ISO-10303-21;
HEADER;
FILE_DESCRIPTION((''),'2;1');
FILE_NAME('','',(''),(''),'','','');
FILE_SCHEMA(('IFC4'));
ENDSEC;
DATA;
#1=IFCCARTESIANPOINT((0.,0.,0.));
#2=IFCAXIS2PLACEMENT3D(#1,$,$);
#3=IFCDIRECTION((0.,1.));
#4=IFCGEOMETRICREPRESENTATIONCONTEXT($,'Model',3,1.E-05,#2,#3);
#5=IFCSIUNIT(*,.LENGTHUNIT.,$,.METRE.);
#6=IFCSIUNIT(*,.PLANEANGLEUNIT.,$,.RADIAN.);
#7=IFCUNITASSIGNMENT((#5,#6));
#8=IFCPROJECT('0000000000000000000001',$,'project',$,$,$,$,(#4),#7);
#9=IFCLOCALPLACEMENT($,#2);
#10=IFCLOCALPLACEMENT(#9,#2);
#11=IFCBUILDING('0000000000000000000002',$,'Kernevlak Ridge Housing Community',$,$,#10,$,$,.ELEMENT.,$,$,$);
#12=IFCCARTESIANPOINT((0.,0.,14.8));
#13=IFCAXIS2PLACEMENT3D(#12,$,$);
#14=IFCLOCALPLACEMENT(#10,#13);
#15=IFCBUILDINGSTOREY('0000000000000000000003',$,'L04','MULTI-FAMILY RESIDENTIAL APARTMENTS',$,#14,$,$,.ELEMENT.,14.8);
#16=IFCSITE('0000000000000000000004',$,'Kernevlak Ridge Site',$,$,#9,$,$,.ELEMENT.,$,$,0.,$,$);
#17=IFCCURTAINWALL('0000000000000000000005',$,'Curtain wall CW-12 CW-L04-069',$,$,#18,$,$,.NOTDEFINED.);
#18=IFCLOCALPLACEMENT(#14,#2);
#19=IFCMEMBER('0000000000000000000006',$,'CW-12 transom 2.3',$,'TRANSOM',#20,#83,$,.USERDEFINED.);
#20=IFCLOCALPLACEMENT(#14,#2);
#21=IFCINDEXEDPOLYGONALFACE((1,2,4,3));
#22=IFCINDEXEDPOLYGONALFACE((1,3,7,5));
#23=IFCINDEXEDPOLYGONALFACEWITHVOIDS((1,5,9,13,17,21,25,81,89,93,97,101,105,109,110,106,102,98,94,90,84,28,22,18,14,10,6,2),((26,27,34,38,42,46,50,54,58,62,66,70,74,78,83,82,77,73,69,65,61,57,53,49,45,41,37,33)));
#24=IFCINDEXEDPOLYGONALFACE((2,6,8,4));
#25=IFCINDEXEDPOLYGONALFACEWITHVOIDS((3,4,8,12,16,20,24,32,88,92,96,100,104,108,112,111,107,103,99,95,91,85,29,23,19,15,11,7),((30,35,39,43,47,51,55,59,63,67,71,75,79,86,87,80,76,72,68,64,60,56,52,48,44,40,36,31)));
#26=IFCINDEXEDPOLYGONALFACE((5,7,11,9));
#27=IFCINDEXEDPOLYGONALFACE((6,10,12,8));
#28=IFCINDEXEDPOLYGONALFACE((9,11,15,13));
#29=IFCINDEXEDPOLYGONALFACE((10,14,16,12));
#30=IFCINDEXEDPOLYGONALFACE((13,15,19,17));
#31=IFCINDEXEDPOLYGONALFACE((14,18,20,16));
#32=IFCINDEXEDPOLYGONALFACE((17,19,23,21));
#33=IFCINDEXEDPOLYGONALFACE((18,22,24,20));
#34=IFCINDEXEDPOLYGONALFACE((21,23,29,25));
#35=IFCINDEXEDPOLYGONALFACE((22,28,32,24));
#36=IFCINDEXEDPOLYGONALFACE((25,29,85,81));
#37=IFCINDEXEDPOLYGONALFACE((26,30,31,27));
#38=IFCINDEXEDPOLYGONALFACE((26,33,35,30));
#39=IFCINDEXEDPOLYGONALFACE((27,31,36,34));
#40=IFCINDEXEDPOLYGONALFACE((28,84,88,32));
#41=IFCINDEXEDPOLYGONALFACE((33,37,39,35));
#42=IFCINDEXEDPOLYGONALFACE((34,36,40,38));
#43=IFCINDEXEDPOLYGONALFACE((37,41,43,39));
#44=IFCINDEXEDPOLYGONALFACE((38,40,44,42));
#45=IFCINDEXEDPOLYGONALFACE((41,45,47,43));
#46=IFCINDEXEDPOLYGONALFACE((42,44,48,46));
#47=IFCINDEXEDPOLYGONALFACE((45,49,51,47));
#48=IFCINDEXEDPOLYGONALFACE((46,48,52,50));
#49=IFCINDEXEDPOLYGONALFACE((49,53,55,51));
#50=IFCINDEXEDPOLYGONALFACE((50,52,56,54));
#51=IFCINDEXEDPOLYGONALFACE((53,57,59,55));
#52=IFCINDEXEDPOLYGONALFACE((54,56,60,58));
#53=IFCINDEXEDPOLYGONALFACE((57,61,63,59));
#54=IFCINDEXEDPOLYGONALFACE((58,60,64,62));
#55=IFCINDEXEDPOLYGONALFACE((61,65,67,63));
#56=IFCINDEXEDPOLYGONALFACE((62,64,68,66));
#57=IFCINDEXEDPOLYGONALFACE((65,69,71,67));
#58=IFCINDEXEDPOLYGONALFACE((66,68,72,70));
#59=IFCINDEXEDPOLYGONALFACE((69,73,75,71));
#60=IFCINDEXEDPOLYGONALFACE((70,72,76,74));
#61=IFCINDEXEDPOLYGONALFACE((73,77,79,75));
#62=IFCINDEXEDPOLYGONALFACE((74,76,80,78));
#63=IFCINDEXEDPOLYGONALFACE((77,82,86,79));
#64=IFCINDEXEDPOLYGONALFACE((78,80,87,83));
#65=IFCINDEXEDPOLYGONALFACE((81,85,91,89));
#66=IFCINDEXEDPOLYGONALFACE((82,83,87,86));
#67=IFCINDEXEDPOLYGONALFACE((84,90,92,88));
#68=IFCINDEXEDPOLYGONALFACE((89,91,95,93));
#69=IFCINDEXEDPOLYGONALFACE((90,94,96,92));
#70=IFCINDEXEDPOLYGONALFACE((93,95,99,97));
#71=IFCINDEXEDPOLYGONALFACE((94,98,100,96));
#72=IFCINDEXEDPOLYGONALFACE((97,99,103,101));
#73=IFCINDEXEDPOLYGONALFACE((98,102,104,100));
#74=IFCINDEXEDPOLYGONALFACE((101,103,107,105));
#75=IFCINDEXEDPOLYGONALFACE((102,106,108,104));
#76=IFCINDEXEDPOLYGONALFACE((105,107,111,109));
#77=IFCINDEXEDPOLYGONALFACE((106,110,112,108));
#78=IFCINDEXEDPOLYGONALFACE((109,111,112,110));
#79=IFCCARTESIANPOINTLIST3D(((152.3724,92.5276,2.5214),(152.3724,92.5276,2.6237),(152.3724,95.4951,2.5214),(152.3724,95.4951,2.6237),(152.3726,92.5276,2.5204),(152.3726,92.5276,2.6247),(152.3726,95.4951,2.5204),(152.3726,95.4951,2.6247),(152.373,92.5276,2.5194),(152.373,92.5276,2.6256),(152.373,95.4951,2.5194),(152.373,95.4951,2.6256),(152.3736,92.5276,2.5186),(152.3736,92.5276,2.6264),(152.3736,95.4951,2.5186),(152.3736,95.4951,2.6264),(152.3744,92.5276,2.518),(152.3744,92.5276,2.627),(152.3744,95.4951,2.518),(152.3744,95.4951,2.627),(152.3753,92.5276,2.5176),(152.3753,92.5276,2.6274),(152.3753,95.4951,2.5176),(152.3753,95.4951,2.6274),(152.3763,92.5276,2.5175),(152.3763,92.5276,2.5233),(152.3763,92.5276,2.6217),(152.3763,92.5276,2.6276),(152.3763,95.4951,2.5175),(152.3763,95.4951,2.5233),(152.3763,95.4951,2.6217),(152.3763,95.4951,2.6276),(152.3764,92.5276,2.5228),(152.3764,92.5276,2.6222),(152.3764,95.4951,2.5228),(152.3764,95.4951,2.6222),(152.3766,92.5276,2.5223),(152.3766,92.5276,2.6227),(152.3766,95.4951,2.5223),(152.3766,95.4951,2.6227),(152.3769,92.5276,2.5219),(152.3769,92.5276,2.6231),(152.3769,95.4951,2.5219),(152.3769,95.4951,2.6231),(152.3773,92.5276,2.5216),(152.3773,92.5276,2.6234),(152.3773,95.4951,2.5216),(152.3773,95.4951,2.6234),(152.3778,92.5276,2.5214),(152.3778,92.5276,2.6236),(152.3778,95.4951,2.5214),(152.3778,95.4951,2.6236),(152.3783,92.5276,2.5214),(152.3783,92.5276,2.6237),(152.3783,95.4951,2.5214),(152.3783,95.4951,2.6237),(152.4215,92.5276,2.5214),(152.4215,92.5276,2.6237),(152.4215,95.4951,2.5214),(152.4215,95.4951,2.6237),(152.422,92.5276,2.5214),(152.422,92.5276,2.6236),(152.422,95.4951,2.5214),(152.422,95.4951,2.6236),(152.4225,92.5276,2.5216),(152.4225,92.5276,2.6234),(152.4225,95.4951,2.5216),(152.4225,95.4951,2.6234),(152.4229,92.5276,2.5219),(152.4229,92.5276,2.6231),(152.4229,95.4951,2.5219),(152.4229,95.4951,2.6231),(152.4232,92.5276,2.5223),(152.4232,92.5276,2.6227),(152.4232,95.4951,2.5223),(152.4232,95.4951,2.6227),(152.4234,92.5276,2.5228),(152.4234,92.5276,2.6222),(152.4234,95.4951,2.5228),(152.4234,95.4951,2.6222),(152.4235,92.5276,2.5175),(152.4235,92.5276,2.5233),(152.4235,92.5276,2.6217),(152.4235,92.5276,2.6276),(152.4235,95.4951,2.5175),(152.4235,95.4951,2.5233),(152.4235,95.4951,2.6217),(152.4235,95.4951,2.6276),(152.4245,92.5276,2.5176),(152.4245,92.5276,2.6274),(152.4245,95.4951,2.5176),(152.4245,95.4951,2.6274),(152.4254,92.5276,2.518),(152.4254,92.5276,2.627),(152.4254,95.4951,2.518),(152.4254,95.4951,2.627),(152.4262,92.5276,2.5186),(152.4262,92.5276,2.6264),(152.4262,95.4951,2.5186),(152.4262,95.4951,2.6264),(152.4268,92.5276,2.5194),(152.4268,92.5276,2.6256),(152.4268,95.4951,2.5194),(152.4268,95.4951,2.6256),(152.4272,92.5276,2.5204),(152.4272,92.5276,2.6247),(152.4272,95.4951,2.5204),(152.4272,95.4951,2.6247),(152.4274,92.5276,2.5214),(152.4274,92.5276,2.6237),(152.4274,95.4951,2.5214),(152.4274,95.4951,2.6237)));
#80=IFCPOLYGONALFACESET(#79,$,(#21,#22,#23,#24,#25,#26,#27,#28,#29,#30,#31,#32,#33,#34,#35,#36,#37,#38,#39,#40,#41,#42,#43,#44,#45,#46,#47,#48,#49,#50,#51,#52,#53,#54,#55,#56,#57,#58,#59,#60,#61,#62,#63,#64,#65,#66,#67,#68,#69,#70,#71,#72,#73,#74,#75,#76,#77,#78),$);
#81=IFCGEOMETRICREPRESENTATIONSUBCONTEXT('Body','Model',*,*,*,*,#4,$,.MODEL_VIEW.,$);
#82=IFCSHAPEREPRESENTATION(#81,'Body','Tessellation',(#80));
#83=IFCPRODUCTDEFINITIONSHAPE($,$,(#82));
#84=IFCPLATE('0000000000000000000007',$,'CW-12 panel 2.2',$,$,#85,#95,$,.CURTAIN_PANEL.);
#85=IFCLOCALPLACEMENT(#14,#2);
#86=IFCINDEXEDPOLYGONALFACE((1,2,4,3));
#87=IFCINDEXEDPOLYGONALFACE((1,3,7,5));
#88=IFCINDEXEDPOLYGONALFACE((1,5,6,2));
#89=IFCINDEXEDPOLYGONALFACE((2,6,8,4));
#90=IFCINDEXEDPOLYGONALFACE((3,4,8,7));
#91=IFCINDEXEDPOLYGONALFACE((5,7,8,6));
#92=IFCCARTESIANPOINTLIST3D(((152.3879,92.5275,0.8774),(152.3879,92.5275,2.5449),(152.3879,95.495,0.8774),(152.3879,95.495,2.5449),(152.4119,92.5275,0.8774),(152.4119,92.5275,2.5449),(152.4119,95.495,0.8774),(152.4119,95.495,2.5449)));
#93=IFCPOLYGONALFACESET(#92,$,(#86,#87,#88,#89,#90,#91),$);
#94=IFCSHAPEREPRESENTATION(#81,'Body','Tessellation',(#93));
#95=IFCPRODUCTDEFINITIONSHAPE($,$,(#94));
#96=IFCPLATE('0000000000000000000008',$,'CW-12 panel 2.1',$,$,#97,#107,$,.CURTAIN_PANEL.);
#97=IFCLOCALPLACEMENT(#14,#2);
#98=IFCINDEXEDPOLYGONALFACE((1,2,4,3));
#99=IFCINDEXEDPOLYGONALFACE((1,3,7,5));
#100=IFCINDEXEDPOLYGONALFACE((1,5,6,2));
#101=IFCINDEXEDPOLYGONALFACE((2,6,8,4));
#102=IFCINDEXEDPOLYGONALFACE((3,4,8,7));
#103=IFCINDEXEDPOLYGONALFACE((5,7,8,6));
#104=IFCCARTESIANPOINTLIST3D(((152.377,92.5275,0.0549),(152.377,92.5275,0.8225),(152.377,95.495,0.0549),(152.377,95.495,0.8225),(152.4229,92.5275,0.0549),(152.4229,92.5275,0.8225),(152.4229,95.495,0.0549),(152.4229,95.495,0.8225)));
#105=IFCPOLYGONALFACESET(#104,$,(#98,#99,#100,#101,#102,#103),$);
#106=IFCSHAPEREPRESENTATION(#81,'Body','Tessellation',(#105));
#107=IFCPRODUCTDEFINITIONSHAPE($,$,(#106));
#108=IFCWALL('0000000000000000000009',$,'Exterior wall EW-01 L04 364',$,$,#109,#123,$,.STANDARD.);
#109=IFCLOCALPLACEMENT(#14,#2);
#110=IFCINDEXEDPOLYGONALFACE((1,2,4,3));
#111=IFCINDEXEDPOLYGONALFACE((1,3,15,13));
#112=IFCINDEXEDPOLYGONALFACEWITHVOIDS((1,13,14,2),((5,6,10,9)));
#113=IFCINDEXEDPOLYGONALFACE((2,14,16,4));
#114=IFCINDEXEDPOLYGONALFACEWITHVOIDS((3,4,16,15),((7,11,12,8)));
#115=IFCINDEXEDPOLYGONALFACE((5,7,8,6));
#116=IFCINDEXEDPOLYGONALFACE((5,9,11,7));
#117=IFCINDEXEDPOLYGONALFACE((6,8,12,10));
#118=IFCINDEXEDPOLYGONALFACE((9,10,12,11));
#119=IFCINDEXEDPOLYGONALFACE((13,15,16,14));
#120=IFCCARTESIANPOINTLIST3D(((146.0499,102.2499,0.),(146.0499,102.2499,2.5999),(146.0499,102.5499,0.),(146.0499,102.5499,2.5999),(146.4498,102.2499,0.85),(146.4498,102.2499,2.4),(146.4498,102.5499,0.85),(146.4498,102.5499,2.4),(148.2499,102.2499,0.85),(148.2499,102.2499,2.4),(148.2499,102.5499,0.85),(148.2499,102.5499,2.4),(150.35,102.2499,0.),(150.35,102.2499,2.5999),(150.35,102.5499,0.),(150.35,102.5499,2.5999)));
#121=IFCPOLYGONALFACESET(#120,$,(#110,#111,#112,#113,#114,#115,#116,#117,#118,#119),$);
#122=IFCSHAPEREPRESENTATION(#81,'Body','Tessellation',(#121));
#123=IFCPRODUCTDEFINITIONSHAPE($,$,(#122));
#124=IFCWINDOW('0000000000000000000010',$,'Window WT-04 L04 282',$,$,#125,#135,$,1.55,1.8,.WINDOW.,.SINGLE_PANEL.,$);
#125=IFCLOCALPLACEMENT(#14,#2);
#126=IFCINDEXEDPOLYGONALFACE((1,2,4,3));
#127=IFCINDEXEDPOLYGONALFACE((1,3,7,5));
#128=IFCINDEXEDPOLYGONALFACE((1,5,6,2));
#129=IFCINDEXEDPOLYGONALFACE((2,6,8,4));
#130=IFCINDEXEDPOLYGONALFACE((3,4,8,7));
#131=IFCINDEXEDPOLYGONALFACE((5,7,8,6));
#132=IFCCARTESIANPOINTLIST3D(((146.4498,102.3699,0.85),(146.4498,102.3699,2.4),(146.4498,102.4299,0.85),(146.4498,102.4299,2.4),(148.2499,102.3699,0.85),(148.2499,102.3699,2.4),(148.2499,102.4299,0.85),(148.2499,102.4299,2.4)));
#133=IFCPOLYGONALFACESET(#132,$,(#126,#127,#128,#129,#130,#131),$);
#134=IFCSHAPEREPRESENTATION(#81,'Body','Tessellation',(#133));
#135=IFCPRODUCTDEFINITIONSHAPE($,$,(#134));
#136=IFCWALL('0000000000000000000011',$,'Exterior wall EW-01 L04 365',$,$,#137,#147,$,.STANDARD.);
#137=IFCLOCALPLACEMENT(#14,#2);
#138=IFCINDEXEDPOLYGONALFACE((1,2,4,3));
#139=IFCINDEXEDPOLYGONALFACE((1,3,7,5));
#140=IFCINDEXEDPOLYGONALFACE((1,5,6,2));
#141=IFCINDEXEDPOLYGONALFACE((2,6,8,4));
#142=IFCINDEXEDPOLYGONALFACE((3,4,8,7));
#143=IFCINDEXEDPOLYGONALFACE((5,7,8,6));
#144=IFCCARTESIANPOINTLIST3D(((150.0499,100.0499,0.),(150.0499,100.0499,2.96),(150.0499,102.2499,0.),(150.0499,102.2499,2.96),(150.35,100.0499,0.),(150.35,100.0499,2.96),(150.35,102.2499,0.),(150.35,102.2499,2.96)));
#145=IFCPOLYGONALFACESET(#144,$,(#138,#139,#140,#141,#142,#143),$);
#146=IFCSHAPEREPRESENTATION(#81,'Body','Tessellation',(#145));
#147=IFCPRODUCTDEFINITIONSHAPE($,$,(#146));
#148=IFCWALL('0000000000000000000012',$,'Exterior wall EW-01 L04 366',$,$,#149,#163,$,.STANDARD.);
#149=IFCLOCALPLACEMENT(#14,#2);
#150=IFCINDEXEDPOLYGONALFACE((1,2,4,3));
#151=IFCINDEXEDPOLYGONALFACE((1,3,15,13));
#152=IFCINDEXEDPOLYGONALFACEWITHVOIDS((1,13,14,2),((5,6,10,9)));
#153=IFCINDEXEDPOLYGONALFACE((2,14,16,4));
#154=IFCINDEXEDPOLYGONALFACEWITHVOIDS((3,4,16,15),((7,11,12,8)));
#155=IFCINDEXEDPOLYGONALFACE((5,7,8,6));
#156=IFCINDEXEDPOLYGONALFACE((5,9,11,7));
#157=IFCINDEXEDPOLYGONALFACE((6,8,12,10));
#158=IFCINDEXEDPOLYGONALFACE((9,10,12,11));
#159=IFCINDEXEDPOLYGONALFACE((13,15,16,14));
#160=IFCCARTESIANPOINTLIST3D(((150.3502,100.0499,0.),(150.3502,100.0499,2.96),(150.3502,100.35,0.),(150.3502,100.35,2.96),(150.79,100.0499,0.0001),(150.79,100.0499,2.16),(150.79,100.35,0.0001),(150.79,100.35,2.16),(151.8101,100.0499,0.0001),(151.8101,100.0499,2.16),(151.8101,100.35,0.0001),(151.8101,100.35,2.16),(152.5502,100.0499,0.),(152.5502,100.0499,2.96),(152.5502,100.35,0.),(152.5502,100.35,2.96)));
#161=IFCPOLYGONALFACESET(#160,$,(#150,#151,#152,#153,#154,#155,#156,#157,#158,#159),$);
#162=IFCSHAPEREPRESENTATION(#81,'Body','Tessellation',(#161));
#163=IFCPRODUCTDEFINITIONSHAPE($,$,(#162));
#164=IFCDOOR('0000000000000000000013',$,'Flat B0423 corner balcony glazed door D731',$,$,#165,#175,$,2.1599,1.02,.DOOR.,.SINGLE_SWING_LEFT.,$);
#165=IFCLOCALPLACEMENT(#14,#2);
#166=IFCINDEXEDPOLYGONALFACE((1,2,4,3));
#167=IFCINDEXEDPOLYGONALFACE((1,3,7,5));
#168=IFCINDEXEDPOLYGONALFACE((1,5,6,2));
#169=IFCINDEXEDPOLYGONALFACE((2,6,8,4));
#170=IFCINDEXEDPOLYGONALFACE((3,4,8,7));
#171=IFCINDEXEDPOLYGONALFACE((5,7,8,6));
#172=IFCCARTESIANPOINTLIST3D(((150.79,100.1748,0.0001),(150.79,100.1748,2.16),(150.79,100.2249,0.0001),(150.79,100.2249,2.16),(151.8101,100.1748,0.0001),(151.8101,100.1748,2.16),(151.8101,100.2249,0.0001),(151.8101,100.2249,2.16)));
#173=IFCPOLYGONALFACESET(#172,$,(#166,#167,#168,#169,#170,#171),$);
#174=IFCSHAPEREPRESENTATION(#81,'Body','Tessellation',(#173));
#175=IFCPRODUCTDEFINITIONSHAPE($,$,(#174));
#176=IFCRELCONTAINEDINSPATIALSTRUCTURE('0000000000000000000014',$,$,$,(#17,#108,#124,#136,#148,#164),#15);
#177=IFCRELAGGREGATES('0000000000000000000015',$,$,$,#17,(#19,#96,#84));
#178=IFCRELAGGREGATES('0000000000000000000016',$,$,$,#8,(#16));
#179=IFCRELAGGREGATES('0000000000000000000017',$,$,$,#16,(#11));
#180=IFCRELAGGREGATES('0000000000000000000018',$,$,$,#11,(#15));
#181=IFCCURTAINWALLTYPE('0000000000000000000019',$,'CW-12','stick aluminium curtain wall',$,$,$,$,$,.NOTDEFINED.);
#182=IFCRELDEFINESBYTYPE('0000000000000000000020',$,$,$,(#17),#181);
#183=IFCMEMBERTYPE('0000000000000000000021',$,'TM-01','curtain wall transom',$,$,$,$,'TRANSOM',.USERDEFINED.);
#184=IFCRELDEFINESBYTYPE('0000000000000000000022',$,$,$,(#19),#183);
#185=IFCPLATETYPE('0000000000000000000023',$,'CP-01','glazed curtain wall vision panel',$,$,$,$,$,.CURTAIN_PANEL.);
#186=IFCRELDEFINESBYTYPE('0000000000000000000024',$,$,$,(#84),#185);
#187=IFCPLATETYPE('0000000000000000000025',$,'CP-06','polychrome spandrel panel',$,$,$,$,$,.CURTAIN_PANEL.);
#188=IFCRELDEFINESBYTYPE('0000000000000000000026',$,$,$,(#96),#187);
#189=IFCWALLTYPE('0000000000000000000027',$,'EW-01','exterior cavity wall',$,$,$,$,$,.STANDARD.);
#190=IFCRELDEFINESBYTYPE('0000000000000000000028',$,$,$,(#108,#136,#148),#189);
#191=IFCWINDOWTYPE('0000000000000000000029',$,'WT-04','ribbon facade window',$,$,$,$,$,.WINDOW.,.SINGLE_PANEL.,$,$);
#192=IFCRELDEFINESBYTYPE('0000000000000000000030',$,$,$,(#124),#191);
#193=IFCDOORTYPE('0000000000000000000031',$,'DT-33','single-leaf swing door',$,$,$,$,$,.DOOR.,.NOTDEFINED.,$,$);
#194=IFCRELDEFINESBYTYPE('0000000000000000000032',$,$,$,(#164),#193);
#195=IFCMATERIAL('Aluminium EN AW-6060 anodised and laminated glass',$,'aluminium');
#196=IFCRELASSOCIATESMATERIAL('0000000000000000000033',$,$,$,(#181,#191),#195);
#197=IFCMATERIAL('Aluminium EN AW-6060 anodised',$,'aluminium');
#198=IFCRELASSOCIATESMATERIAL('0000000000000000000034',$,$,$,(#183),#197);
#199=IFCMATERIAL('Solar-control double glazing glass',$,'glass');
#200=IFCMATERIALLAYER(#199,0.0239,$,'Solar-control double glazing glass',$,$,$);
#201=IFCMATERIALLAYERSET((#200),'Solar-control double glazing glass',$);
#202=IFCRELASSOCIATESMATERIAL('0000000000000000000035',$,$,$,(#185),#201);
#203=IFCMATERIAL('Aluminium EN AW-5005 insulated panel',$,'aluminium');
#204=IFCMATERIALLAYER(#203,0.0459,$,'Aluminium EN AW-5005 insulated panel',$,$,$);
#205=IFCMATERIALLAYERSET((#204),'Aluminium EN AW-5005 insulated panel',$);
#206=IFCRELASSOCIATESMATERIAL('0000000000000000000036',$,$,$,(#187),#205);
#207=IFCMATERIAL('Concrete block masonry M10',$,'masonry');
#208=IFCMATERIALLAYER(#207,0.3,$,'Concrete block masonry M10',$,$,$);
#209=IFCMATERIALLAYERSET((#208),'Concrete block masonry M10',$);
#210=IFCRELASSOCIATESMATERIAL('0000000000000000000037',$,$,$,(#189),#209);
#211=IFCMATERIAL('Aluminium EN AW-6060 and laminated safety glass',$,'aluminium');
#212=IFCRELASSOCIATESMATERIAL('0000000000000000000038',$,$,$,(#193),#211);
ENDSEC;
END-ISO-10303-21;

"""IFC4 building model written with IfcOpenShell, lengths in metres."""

from ifc_helpers import new_model, si_unit, direction, frame, frame_2d, origin, origin_2d, place, context, subcontext, project, spatial, rectangle, hollow_rectangle, extrude, material, layer, layer_set, material_profile, profile_set, type_object, element, fill, aggregate, save


model = new_model("IFC4")

# Units and contexts
model_context = context("Model", 3, precision=1e-05, world=origin(), true_north=direction((0.0, 1.0)))
body_context = subcontext(model_context, "Body", "Model", "MODEL_VIEW")
ifc_project = project(units=[si_unit("LENGTHUNIT", "METRE"), si_unit("PLANEANGLEUNIT", "RADIAN")], contexts=[model_context])

# Site, building, storey
site_placement = place(None, origin())
site = spatial("IfcSite", under=ifc_project, at=site_placement, Name="Kernevlak Ridge Site", CompositionType="ELEMENT", RefElevation=0.0)
building_placement = place(site_placement, origin())
building = spatial("IfcBuilding", under=site, at=building_placement, Name="Kernevlak Ridge Housing Community", CompositionType="ELEMENT")
storey_placement = place(building_placement, frame((0.0, 0.0, 14.8)))
storey = spatial("IfcBuildingStorey", under=building, at=storey_placement, Name="L04", Description="MULTI-FAMILY RESIDENTIAL APARTMENTS", CompositionType="ELEMENT", Elevation=14.8)

# Curtain wall
ifc_material_1 = material(Name="Aluminium EN AW-6060 anodised and laminated glass", Category="aluminium")
curtain_wall_type = type_object("IfcCurtainWallType", Name="CW-12", Description="stick aluminium curtain wall", PredefinedType="NOTDEFINED", material=ifc_material_1)
curtain_wall_placement = place(storey_placement, origin())
curtain_wall = element("IfcCurtainWall", 1, at=curtain_wall_placement, inside=storey, type_object=curtain_wall_type, Name="Curtain wall CW-12 CW-L04-069", PredefinedType="NOTDEFINED")
ifc_material_2 = material(Name="Aluminium EN AW-6060 anodised", Category="aluminium")

# Member
ifc_material_profile_1 = material_profile(ifc_material_2, hollow_rectangle(XDim=0.0549, YDim=0.1101, WallThickness=0.0039, InnerFilletRadius=0.002, OuterFilletRadius=0.0039, at=origin_2d()), Name="ALU 55x110x4")
ifc_profile_set_1 = profile_set([ifc_material_profile_1], Name="Aluminium EN AW-6060 anodised")
member_type_1 = type_object("IfcMemberType", Name="TM-01", Description="curtain wall transom", ElementType="TRANSOM", PredefinedType="USERDEFINED", material=ifc_profile_set_1)
member_1_placement = place(storey_placement, frame((152.3999, 92.5276, 2.5725), z_axis=(0.0, 1.0, 0.0), x_axis=(-1.0, 0.0, 0.0)))
member_1 = element("IfcMember", 2, at=member_1_placement, type_object=member_type_1, Name="CW-12 transom 2.3", ObjectType="TRANSOM", PredefinedType="USERDEFINED", context=body_context, shape_type="SweptSolid", body=[
    extrude(hollow_rectangle(XDim=0.0549, YDim=0.1101, WallThickness=0.0039, InnerFilletRadius=0.002, OuterFilletRadius=0.0039, at=origin_2d()), origin(), (0.0, 0.0, 1.0), 2.9675),
])

# Plates
ifc_material_3 = material(Name="Solar-control double glazing glass", Category="glass")
ifc_layer_1 = layer(ifc_material_3, 0.0239, Name="Solar-control double glazing glass")
ifc_layer_set_1 = layer_set([ifc_layer_1], Name="Solar-control double glazing glass")
plate_type_1 = type_object("IfcPlateType", Name="CP-01", Description="glazed curtain wall vision panel", PredefinedType="CURTAIN_PANEL", material=ifc_layer_set_1)
plate_1_placement = place(storey_placement, frame((152.3999, 94.0112, 0.8774), z_axis=(0.0, 0.0, 1.0), x_axis=(0.0, 1.0, 0.0)))
plate_1 = element("IfcPlate", 3, at=plate_1_placement, type_object=plate_type_1, Name="CW-12 panel 2.2", PredefinedType="CURTAIN_PANEL", context=body_context, shape_type="SweptSolid", body=[
    extrude(rectangle(XDim=2.9675, YDim=0.0239, at=origin_2d()), origin(), (0.0, 0.0, 1.0), 1.6675),
])
ifc_material_4 = material(Name="Aluminium EN AW-5005 insulated panel", Category="aluminium")
ifc_layer_2 = layer(ifc_material_4, 0.0459, Name="Aluminium EN AW-5005 insulated panel")
ifc_layer_set_2 = layer_set([ifc_layer_2], Name="Aluminium EN AW-5005 insulated panel")
plate_type_2 = type_object("IfcPlateType", Name="CP-06", Description="polychrome spandrel panel", PredefinedType="CURTAIN_PANEL", material=ifc_layer_set_2)
plate_2_placement = place(storey_placement, frame((152.3999, 94.0112, 0.0549), z_axis=(0.0, 0.0, 1.0), x_axis=(0.0, 1.0, 0.0)))
plate_2 = element("IfcPlate", 4, at=plate_2_placement, type_object=plate_type_2, Name="CW-12 panel 2.1", PredefinedType="CURTAIN_PANEL", context=body_context, shape_type="SweptSolid", body=[
    extrude(rectangle(XDim=2.9675, YDim=0.0459, at=origin_2d()), origin(), (0.0, 0.0, 1.0), 0.7676),
])
aggregate(curtain_wall, [member_1, plate_2, plate_1])

# Wall, opening, window
ifc_material_5 = material(Name="Concrete block masonry M10", Category="masonry")
ifc_layer_3 = layer(ifc_material_5, 0.3, Name="Concrete block masonry M10")
ifc_layer_set_3 = layer_set([ifc_layer_3], Name="Concrete block masonry M10")
wall_type_1 = type_object("IfcWallType", Name="EW-01", Description="exterior cavity wall", PredefinedType="STANDARD", material=ifc_layer_set_3)
wall_1_placement = place(storey_placement, frame((146.05, 102.3999, 0.0), z_axis=(0.0, 0.0, 1.0), x_axis=(1.0, 0.0, 0.0)))
wall_1 = element("IfcWall", 5, at=wall_1_placement, inside=storey, type_object=wall_type_1, Name="Exterior wall EW-01 L04 364", PredefinedType="STANDARD", context=body_context, shape_type="SweptSolid", body=[
    extrude(rectangle(XDim=4.3, YDim=0.3, at=frame_2d((2.1499, 0.0))), origin(), (0.0, 0.0, 1.0), 2.5999),
])
opening_1_placement = place(wall_1_placement, frame((0.3999, 0.0, 0.8501)))
opening_1 = element("IfcOpeningElement", 6, at=opening_1_placement, cuts=wall_1, PredefinedType="OPENING", context=body_context, shape_type="SweptSolid", body=[
    extrude(rectangle(XDim=1.8, YDim=1.55, at=frame_2d((0.8999, 0.7749))), frame((0.0, 0.1599, 0.0), z_axis=(0.0, -1.0, 0.0), x_axis=(1.0, 0.0, 0.0)), (0.0, 0.0, 1.0), 0.3201),
])
window_type = type_object("IfcWindowType", Name="WT-04", Description="ribbon facade window", PartitioningType="SINGLE_PANEL", PredefinedType="WINDOW", material=ifc_material_1)
window_placement = place(opening_1_placement, origin())
window = element("IfcWindow", 7, at=window_placement, inside=storey, type_object=window_type, Name="Window WT-04 L04 282", OverallHeight=1.55, OverallWidth=1.8, PartitioningType="SINGLE_PANEL", PredefinedType="WINDOW", context=body_context, shape_type="SweptSolid", body=[
    extrude(rectangle(XDim=1.8, YDim=1.55, at=frame_2d((0.8999, 0.7749))), frame((0.0, 0.03, 0.0), z_axis=(0.0, -1.0, 0.0), x_axis=(1.0, 0.0, 0.0)), (0.0, 0.0, 1.0), 0.0601),
])
fill(opening_1, window)

# Wall
wall_2_placement = place(storey_placement, frame((150.2, 102.25, 0.0), z_axis=(0.0, 0.0, 1.0), x_axis=(0.0, -1.0, 0.0)))
element("IfcWall", 8, at=wall_2_placement, inside=storey, type_object=wall_type_1, Name="Exterior wall EW-01 L04 365", PredefinedType="STANDARD", context=body_context, shape_type="SweptSolid", body=[
    extrude(rectangle(XDim=2.2, YDim=0.3, at=frame_2d((1.1001, 0.0))), origin(), (0.0, 0.0, 1.0), 2.96),
])

# Wall, opening, door
wall_3_placement = place(storey_placement, frame((150.3501, 100.2, 0.0), z_axis=(0.0, 0.0, 1.0), x_axis=(1.0, 0.0, 0.0)))
wall_3 = element("IfcWall", 9, at=wall_3_placement, inside=storey, type_object=wall_type_1, Name="Exterior wall EW-01 L04 366", PredefinedType="STANDARD", context=body_context, shape_type="SweptSolid", body=[
    extrude(rectangle(XDim=2.2, YDim=0.3, at=frame_2d((1.1001, 0.0))), origin(), (0.0, 0.0, 1.0), 2.96),
])
opening_2_placement = place(wall_3_placement, frame((0.4399, 0.0, 0.0)))
opening_2 = element("IfcOpeningElement", 10, at=opening_2_placement, cuts=wall_3, PredefinedType="OPENING", context=body_context, shape_type="SweptSolid", body=[
    extrude(rectangle(XDim=1.02, YDim=2.1599, at=frame_2d((0.51, 1.0801))), frame((0.0, 0.1599, 0.0), z_axis=(0.0, -1.0, 0.0), x_axis=(1.0, 0.0, 0.0)), (0.0, 0.0, 1.0), 0.3201),
])
ifc_material_6 = material(Name="Aluminium EN AW-6060 and laminated safety glass", Category="aluminium")
door_type_1 = type_object("IfcDoorType", Name="DT-33", Description="single-leaf swing door", OperationType="NOTDEFINED", PredefinedType="DOOR", material=ifc_material_6)
door_1_placement = place(opening_2_placement, origin())
door_1 = element("IfcDoor", 11, at=door_1_placement, inside=storey, type_object=door_type_1, Name="Flat B0423 corner balcony glazed door D731", OperationType="SINGLE_SWING_LEFT", OverallHeight=2.1599, OverallWidth=1.02, PredefinedType="DOOR", context=body_context, shape_type="SweptSolid", body=[
    extrude(rectangle(XDim=1.02, YDim=2.1599, at=frame_2d((0.51, 1.0801))), frame((0.0, 0.0249, 0.0), z_axis=(0.0, -1.0, 0.0), x_axis=(1.0, 0.0, 0.0)), (0.0, 0.0, 1.0), 0.05),
])
fill(opening_2, door_1)

save(model, "model.ifc")
